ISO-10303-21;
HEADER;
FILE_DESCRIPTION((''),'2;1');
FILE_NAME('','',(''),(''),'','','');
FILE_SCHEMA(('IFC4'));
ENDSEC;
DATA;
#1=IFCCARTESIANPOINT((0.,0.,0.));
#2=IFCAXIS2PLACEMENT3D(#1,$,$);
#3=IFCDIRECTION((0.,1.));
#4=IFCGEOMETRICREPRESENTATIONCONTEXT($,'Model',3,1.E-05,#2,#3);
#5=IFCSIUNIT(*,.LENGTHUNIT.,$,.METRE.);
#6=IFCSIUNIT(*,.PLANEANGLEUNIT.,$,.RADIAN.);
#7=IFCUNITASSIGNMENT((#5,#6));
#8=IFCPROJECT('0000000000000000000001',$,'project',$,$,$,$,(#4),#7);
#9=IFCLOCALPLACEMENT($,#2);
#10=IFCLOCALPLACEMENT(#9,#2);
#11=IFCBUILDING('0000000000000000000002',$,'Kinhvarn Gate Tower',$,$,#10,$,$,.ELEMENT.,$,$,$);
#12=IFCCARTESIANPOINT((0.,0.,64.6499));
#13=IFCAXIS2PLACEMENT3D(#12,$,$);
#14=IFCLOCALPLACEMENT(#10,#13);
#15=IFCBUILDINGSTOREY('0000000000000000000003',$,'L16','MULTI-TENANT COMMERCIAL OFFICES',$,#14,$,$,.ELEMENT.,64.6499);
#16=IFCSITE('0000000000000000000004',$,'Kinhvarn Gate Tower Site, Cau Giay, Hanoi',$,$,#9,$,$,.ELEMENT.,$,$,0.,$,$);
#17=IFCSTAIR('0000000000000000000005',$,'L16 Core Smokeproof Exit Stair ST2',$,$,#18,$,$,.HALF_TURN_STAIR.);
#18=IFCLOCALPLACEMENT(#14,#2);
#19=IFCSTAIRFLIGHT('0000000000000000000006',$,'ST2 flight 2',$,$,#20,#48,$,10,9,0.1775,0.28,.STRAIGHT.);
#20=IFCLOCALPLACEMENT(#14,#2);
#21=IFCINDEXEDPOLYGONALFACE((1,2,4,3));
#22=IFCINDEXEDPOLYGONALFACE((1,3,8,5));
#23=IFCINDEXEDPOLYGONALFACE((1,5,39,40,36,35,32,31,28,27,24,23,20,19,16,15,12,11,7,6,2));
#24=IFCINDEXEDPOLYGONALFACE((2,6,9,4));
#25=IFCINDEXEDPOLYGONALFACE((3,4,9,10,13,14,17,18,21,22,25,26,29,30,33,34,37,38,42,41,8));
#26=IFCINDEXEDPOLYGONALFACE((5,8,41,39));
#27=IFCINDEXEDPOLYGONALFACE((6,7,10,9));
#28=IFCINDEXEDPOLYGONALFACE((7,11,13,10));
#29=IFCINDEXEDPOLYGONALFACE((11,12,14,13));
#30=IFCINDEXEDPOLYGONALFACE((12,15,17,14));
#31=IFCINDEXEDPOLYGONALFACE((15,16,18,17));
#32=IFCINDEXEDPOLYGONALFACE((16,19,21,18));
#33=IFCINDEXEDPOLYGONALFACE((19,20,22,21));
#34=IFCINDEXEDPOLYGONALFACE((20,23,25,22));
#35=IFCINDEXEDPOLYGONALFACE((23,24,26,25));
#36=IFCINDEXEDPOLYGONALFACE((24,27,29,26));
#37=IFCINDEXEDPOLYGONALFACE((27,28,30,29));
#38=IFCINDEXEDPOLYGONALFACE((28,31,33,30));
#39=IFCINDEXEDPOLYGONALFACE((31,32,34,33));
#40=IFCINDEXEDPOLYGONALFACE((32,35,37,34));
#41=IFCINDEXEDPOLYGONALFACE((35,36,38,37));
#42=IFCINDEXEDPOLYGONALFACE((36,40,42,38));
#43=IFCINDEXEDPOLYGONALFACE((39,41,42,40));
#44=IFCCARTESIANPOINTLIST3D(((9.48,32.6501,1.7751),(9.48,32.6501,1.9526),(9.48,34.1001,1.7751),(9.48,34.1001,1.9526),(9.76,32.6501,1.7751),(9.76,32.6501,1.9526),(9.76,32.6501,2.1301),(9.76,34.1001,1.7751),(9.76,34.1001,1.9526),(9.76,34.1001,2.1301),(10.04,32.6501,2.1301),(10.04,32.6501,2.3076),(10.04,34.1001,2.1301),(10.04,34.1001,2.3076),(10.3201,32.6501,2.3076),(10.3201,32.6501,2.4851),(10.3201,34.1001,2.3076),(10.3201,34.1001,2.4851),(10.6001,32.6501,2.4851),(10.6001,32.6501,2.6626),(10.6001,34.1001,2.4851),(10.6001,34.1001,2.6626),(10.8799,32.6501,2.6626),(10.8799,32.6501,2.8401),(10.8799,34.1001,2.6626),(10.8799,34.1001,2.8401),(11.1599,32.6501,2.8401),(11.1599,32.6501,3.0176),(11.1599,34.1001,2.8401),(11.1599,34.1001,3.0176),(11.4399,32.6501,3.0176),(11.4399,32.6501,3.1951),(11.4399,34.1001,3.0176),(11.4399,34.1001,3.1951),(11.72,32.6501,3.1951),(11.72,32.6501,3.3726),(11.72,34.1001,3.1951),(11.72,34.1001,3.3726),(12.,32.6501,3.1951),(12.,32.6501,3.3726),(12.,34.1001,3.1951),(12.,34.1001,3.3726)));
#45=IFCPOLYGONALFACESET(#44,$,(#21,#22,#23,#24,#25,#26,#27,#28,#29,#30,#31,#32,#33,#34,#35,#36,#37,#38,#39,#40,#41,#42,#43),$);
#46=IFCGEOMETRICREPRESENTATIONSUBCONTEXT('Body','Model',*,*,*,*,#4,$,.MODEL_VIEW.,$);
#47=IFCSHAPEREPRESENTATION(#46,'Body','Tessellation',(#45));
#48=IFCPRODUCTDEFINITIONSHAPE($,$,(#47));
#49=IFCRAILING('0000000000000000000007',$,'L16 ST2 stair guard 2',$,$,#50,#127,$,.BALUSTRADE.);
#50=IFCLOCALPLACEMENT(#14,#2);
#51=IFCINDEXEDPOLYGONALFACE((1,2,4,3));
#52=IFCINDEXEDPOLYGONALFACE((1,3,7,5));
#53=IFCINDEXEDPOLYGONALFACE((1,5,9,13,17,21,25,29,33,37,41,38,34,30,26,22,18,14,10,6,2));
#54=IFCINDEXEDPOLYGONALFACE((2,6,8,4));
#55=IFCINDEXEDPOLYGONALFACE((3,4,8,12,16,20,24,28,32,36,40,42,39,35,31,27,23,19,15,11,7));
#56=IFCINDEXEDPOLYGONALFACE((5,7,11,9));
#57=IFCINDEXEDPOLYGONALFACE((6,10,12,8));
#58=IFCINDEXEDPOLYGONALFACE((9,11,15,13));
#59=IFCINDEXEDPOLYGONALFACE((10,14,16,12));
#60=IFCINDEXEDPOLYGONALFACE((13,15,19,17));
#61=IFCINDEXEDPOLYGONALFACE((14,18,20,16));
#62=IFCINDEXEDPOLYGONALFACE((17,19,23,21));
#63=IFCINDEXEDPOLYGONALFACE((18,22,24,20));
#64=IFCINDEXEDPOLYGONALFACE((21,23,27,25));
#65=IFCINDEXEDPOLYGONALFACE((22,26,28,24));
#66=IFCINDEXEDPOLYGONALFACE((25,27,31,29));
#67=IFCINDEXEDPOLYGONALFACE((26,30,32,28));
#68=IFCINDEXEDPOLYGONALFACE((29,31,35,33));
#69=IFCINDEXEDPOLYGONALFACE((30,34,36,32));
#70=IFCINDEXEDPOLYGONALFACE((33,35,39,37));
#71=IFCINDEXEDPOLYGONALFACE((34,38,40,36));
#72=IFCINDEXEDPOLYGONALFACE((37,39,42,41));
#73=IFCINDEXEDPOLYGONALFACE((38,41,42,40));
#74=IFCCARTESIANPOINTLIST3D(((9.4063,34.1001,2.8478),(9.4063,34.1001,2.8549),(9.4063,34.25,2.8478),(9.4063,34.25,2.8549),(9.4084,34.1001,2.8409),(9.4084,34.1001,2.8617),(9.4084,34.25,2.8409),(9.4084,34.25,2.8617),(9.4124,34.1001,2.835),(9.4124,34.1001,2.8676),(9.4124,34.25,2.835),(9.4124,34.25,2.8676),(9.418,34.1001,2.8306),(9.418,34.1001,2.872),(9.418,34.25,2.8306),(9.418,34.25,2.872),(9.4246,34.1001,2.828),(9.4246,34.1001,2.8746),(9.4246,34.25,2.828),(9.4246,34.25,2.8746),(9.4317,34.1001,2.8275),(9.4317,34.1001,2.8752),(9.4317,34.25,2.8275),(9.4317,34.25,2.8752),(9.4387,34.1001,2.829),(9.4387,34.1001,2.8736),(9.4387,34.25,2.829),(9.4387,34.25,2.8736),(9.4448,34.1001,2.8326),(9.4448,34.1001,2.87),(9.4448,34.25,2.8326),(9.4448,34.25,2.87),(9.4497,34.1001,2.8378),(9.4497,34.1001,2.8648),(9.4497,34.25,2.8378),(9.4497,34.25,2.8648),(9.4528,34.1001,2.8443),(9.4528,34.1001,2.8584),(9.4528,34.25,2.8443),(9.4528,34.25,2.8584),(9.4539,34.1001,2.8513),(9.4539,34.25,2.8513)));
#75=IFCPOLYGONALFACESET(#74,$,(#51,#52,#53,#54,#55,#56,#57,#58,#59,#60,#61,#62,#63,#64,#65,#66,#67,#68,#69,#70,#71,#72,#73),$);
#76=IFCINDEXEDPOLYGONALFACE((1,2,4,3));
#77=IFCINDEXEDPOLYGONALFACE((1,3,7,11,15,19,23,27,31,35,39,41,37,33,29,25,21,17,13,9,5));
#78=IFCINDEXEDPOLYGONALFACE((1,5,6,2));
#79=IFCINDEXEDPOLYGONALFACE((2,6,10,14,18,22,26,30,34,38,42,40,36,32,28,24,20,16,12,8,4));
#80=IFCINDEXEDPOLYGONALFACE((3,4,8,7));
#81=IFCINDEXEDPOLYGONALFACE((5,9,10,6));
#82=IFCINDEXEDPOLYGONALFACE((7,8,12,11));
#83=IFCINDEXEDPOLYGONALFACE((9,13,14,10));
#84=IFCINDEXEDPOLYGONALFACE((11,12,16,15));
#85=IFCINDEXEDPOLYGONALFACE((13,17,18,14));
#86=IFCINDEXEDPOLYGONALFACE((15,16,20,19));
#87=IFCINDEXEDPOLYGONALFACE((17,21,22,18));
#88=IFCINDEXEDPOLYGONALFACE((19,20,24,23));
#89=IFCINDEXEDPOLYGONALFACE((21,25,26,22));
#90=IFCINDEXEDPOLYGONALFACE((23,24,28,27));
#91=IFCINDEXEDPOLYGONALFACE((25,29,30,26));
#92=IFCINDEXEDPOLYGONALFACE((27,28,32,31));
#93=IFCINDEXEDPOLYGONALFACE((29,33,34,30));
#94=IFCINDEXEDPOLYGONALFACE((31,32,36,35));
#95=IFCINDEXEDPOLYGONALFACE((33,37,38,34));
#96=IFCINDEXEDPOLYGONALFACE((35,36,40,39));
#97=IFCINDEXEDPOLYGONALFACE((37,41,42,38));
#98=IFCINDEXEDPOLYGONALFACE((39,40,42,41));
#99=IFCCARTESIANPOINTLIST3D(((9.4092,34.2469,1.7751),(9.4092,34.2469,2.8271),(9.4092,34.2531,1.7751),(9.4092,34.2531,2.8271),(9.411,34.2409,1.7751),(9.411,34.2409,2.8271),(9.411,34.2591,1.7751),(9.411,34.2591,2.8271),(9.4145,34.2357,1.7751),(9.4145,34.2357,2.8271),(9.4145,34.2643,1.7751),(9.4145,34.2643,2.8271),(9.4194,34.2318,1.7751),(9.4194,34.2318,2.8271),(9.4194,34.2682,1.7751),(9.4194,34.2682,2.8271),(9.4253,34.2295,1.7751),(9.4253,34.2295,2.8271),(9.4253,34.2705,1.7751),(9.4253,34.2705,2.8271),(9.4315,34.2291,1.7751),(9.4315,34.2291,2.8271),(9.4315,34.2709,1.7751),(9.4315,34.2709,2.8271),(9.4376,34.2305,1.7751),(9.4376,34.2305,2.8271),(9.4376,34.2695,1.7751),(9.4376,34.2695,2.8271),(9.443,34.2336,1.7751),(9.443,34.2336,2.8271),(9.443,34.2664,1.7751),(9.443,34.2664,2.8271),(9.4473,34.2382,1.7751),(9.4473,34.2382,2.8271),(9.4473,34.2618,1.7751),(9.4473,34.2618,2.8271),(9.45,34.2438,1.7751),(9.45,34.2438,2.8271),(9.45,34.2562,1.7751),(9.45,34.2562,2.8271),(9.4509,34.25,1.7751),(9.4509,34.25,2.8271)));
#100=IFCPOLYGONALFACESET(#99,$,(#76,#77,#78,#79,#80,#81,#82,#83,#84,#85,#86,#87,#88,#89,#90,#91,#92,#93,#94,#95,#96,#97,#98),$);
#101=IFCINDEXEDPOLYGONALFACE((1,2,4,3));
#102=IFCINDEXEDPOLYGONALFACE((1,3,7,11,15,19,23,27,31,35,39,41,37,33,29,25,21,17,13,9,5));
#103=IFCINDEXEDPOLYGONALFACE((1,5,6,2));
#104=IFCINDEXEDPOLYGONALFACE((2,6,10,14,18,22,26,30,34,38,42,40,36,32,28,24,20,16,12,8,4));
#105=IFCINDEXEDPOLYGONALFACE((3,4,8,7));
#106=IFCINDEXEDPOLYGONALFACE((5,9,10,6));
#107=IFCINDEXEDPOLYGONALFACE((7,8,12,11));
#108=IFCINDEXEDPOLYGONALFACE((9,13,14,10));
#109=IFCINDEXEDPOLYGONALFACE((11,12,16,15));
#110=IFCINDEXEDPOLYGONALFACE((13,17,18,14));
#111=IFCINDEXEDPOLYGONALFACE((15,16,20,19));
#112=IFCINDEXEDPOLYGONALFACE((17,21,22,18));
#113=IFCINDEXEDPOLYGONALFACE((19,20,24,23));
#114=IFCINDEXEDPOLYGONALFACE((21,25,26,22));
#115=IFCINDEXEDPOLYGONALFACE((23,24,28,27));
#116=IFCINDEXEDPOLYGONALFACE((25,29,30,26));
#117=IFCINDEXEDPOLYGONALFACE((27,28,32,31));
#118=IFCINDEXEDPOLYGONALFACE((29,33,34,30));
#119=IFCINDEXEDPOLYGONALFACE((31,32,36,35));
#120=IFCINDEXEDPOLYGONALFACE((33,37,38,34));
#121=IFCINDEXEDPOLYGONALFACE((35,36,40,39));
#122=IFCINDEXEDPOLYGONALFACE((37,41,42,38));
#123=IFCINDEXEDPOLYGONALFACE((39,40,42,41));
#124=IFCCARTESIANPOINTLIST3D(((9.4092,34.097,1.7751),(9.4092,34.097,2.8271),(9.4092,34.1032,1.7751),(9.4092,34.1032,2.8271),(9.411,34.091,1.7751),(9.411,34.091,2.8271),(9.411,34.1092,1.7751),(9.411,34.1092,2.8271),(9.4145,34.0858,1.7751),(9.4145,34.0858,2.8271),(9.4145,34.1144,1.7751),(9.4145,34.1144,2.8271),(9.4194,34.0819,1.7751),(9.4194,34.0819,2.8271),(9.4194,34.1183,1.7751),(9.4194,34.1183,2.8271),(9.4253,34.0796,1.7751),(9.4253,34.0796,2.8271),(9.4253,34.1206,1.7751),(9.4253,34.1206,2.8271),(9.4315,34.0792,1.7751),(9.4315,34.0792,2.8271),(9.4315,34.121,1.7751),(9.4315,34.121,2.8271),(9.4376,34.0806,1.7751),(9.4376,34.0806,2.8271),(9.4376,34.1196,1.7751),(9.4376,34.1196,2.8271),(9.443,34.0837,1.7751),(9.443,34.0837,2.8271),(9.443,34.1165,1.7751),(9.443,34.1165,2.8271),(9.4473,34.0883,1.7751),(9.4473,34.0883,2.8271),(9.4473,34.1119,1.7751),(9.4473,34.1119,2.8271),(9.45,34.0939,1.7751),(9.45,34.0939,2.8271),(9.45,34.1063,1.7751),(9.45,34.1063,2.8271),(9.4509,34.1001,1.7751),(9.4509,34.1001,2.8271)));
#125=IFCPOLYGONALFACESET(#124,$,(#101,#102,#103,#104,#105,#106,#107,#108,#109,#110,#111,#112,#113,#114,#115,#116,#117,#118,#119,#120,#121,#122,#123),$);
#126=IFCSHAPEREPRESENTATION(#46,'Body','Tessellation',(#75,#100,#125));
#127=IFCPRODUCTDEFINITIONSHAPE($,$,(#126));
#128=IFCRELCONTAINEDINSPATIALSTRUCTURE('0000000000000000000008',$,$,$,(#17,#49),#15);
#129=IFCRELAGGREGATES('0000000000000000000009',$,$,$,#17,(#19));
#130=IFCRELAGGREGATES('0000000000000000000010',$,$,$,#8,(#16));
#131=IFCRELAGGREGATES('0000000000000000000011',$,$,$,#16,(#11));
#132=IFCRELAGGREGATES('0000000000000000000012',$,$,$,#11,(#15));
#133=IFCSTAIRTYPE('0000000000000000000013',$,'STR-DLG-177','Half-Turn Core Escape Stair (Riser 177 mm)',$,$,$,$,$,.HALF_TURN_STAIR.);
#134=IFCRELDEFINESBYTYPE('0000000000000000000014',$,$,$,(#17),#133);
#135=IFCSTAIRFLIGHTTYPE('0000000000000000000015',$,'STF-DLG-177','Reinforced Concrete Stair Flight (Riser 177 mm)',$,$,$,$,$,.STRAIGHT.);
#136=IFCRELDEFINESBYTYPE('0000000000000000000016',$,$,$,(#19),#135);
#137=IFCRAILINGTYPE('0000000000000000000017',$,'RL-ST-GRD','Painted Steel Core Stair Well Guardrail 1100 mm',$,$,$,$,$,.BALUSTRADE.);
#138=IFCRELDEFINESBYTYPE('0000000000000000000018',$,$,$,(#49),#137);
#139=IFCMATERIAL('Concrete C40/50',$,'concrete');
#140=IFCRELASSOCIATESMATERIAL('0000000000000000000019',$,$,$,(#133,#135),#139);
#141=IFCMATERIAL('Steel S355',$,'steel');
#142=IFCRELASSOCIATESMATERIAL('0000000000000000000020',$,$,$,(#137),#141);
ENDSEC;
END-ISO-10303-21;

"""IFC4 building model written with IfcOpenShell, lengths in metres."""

from ifc_helpers import new_model, si_unit, direction, frame, origin, origin_2d, place, context, subcontext, project, spatial, polyline, circle, outline, extrude, material, type_object, element, aggregate, save


model = new_model("IFC4")

# Units and contexts
model_context = context("Model", 3, precision=1e-05, world=origin(), true_north=direction((0.0, 1.0)))
body_context = subcontext(model_context, "Body", "Model", "MODEL_VIEW")
ifc_project = project(units=[si_unit("LENGTHUNIT", "METRE"), si_unit("PLANEANGLEUNIT", "RADIAN")], contexts=[model_context])

# Site, building, storey
site_placement = place(None, origin())
site = spatial("IfcSite", under=ifc_project, at=site_placement, Name="Kinhvarn Gate Tower Site, Cau Giay, Hanoi", CompositionType="ELEMENT", RefElevation=0.0)
building_placement = place(site_placement, origin())
building = spatial("IfcBuilding", under=site, at=building_placement, Name="Kinhvarn Gate Tower", CompositionType="ELEMENT")
storey_placement = place(building_placement, frame((0.0, 0.0, 64.6499)))
storey = spatial("IfcBuildingStorey", under=building, at=storey_placement, Name="L16", Description="MULTI-TENANT COMMERCIAL OFFICES", CompositionType="ELEMENT", Elevation=64.6499)

# Shared definitions
ifc_material_1 = material(Name="Steel S355", Category="steel")

# Shared definitions
ifc_material_2 = material(Name="Concrete C40/50", Category="concrete")

# Stair, stair flight
stair_type = type_object("IfcStairType", Name="STR-DLG-177", Description="Half-Turn Core Escape Stair (Riser 177 mm)", PredefinedType="HALF_TURN_STAIR", material=ifc_material_2)
stair_placement = place(storey_placement, origin())
stair = element("IfcStair", 1, at=stair_placement, inside=storey, type_object=stair_type, Name="L16 Core Smokeproof Exit Stair ST2", PredefinedType="HALF_TURN_STAIR")
stair_flight_type = type_object("IfcStairFlightType", Name="STF-DLG-177", Description="Reinforced Concrete Stair Flight (Riser 177 mm)", PredefinedType="STRAIGHT", material=ifc_material_2)
stair_flight_placement = place(storey_placement, frame((9.48, 33.375, 1.7751), z_axis=(0.0, 0.0, 1.0), x_axis=(1.0, 0.0, 0.0)))
stair_flight = element("IfcStairFlight", 2, at=stair_flight_placement, type_object=stair_flight_type, Name="ST2 flight 2", NumberOfRisers=10, NumberOfTreads=9, PredefinedType="STRAIGHT", RiserHeight=0.1775, TreadLength=0.28, context=body_context, shape_type="SweptSolid", body=[
    extrude(outline(polyline([(0.0, 0.0), (0.0, 0.1775), (0.28, 0.1775), (0.28, 0.355), (0.5601, 0.355), (0.5601, 0.5325), (0.8401, 0.5325), (0.8401, 0.71), (1.1201, 0.71), (1.1201, 0.8875), (1.3999, 0.8875), (1.3999, 1.0649), (1.6799, 1.0649), (1.6799, 1.2424), (1.96, 1.2424), (1.96, 1.4199), (2.24, 1.4199), (2.24, 1.5974), (2.52, 1.5974), (2.52, 1.7749), (2.52, 1.4199), (0.28, 0.0), (0.0, 0.0)])), frame((0.0, 0.7251, 0.0), z_axis=(0.0, -1.0, 0.0), x_axis=(1.0, 0.0, 0.0)), (0.0, 0.0, 1.0), 1.45),
])
aggregate(stair, [stair_flight])

# Railing
railing_type_1 = type_object("IfcRailingType", Name="RL-ST-GRD", Description="Painted Steel Core Stair Well Guardrail 1100 mm", PredefinedType="BALUSTRADE", material=ifc_material_1)
railing_1_placement = place(storey_placement, frame((9.4299, 34.25, 1.7751)))
element("IfcRailing", 3, at=railing_1_placement, inside=storey, type_object=railing_type_1, Name="L16 ST2 stair guard 2", PredefinedType="BALUSTRADE", context=body_context, shape_type="SweptSolid", body=[
    extrude(circle(Radius=0.0239, at=origin_2d()), frame((0.0, 0.0, 1.0762), z_axis=(0.0, -1.0, 0.0), x_axis=(1.0, 0.0, 0.0)), (0.0, 0.0, 1.0), 0.1499),
    extrude(circle(Radius=0.021, at=origin_2d()), origin(), (0.0, 0.0, 1.0), 1.052),
    extrude(circle(Radius=0.021, at=origin_2d()), frame((0.0, -0.1499, 0.0)), (0.0, 0.0, 1.0), 1.052),
])

save(model, "model.ifc")
